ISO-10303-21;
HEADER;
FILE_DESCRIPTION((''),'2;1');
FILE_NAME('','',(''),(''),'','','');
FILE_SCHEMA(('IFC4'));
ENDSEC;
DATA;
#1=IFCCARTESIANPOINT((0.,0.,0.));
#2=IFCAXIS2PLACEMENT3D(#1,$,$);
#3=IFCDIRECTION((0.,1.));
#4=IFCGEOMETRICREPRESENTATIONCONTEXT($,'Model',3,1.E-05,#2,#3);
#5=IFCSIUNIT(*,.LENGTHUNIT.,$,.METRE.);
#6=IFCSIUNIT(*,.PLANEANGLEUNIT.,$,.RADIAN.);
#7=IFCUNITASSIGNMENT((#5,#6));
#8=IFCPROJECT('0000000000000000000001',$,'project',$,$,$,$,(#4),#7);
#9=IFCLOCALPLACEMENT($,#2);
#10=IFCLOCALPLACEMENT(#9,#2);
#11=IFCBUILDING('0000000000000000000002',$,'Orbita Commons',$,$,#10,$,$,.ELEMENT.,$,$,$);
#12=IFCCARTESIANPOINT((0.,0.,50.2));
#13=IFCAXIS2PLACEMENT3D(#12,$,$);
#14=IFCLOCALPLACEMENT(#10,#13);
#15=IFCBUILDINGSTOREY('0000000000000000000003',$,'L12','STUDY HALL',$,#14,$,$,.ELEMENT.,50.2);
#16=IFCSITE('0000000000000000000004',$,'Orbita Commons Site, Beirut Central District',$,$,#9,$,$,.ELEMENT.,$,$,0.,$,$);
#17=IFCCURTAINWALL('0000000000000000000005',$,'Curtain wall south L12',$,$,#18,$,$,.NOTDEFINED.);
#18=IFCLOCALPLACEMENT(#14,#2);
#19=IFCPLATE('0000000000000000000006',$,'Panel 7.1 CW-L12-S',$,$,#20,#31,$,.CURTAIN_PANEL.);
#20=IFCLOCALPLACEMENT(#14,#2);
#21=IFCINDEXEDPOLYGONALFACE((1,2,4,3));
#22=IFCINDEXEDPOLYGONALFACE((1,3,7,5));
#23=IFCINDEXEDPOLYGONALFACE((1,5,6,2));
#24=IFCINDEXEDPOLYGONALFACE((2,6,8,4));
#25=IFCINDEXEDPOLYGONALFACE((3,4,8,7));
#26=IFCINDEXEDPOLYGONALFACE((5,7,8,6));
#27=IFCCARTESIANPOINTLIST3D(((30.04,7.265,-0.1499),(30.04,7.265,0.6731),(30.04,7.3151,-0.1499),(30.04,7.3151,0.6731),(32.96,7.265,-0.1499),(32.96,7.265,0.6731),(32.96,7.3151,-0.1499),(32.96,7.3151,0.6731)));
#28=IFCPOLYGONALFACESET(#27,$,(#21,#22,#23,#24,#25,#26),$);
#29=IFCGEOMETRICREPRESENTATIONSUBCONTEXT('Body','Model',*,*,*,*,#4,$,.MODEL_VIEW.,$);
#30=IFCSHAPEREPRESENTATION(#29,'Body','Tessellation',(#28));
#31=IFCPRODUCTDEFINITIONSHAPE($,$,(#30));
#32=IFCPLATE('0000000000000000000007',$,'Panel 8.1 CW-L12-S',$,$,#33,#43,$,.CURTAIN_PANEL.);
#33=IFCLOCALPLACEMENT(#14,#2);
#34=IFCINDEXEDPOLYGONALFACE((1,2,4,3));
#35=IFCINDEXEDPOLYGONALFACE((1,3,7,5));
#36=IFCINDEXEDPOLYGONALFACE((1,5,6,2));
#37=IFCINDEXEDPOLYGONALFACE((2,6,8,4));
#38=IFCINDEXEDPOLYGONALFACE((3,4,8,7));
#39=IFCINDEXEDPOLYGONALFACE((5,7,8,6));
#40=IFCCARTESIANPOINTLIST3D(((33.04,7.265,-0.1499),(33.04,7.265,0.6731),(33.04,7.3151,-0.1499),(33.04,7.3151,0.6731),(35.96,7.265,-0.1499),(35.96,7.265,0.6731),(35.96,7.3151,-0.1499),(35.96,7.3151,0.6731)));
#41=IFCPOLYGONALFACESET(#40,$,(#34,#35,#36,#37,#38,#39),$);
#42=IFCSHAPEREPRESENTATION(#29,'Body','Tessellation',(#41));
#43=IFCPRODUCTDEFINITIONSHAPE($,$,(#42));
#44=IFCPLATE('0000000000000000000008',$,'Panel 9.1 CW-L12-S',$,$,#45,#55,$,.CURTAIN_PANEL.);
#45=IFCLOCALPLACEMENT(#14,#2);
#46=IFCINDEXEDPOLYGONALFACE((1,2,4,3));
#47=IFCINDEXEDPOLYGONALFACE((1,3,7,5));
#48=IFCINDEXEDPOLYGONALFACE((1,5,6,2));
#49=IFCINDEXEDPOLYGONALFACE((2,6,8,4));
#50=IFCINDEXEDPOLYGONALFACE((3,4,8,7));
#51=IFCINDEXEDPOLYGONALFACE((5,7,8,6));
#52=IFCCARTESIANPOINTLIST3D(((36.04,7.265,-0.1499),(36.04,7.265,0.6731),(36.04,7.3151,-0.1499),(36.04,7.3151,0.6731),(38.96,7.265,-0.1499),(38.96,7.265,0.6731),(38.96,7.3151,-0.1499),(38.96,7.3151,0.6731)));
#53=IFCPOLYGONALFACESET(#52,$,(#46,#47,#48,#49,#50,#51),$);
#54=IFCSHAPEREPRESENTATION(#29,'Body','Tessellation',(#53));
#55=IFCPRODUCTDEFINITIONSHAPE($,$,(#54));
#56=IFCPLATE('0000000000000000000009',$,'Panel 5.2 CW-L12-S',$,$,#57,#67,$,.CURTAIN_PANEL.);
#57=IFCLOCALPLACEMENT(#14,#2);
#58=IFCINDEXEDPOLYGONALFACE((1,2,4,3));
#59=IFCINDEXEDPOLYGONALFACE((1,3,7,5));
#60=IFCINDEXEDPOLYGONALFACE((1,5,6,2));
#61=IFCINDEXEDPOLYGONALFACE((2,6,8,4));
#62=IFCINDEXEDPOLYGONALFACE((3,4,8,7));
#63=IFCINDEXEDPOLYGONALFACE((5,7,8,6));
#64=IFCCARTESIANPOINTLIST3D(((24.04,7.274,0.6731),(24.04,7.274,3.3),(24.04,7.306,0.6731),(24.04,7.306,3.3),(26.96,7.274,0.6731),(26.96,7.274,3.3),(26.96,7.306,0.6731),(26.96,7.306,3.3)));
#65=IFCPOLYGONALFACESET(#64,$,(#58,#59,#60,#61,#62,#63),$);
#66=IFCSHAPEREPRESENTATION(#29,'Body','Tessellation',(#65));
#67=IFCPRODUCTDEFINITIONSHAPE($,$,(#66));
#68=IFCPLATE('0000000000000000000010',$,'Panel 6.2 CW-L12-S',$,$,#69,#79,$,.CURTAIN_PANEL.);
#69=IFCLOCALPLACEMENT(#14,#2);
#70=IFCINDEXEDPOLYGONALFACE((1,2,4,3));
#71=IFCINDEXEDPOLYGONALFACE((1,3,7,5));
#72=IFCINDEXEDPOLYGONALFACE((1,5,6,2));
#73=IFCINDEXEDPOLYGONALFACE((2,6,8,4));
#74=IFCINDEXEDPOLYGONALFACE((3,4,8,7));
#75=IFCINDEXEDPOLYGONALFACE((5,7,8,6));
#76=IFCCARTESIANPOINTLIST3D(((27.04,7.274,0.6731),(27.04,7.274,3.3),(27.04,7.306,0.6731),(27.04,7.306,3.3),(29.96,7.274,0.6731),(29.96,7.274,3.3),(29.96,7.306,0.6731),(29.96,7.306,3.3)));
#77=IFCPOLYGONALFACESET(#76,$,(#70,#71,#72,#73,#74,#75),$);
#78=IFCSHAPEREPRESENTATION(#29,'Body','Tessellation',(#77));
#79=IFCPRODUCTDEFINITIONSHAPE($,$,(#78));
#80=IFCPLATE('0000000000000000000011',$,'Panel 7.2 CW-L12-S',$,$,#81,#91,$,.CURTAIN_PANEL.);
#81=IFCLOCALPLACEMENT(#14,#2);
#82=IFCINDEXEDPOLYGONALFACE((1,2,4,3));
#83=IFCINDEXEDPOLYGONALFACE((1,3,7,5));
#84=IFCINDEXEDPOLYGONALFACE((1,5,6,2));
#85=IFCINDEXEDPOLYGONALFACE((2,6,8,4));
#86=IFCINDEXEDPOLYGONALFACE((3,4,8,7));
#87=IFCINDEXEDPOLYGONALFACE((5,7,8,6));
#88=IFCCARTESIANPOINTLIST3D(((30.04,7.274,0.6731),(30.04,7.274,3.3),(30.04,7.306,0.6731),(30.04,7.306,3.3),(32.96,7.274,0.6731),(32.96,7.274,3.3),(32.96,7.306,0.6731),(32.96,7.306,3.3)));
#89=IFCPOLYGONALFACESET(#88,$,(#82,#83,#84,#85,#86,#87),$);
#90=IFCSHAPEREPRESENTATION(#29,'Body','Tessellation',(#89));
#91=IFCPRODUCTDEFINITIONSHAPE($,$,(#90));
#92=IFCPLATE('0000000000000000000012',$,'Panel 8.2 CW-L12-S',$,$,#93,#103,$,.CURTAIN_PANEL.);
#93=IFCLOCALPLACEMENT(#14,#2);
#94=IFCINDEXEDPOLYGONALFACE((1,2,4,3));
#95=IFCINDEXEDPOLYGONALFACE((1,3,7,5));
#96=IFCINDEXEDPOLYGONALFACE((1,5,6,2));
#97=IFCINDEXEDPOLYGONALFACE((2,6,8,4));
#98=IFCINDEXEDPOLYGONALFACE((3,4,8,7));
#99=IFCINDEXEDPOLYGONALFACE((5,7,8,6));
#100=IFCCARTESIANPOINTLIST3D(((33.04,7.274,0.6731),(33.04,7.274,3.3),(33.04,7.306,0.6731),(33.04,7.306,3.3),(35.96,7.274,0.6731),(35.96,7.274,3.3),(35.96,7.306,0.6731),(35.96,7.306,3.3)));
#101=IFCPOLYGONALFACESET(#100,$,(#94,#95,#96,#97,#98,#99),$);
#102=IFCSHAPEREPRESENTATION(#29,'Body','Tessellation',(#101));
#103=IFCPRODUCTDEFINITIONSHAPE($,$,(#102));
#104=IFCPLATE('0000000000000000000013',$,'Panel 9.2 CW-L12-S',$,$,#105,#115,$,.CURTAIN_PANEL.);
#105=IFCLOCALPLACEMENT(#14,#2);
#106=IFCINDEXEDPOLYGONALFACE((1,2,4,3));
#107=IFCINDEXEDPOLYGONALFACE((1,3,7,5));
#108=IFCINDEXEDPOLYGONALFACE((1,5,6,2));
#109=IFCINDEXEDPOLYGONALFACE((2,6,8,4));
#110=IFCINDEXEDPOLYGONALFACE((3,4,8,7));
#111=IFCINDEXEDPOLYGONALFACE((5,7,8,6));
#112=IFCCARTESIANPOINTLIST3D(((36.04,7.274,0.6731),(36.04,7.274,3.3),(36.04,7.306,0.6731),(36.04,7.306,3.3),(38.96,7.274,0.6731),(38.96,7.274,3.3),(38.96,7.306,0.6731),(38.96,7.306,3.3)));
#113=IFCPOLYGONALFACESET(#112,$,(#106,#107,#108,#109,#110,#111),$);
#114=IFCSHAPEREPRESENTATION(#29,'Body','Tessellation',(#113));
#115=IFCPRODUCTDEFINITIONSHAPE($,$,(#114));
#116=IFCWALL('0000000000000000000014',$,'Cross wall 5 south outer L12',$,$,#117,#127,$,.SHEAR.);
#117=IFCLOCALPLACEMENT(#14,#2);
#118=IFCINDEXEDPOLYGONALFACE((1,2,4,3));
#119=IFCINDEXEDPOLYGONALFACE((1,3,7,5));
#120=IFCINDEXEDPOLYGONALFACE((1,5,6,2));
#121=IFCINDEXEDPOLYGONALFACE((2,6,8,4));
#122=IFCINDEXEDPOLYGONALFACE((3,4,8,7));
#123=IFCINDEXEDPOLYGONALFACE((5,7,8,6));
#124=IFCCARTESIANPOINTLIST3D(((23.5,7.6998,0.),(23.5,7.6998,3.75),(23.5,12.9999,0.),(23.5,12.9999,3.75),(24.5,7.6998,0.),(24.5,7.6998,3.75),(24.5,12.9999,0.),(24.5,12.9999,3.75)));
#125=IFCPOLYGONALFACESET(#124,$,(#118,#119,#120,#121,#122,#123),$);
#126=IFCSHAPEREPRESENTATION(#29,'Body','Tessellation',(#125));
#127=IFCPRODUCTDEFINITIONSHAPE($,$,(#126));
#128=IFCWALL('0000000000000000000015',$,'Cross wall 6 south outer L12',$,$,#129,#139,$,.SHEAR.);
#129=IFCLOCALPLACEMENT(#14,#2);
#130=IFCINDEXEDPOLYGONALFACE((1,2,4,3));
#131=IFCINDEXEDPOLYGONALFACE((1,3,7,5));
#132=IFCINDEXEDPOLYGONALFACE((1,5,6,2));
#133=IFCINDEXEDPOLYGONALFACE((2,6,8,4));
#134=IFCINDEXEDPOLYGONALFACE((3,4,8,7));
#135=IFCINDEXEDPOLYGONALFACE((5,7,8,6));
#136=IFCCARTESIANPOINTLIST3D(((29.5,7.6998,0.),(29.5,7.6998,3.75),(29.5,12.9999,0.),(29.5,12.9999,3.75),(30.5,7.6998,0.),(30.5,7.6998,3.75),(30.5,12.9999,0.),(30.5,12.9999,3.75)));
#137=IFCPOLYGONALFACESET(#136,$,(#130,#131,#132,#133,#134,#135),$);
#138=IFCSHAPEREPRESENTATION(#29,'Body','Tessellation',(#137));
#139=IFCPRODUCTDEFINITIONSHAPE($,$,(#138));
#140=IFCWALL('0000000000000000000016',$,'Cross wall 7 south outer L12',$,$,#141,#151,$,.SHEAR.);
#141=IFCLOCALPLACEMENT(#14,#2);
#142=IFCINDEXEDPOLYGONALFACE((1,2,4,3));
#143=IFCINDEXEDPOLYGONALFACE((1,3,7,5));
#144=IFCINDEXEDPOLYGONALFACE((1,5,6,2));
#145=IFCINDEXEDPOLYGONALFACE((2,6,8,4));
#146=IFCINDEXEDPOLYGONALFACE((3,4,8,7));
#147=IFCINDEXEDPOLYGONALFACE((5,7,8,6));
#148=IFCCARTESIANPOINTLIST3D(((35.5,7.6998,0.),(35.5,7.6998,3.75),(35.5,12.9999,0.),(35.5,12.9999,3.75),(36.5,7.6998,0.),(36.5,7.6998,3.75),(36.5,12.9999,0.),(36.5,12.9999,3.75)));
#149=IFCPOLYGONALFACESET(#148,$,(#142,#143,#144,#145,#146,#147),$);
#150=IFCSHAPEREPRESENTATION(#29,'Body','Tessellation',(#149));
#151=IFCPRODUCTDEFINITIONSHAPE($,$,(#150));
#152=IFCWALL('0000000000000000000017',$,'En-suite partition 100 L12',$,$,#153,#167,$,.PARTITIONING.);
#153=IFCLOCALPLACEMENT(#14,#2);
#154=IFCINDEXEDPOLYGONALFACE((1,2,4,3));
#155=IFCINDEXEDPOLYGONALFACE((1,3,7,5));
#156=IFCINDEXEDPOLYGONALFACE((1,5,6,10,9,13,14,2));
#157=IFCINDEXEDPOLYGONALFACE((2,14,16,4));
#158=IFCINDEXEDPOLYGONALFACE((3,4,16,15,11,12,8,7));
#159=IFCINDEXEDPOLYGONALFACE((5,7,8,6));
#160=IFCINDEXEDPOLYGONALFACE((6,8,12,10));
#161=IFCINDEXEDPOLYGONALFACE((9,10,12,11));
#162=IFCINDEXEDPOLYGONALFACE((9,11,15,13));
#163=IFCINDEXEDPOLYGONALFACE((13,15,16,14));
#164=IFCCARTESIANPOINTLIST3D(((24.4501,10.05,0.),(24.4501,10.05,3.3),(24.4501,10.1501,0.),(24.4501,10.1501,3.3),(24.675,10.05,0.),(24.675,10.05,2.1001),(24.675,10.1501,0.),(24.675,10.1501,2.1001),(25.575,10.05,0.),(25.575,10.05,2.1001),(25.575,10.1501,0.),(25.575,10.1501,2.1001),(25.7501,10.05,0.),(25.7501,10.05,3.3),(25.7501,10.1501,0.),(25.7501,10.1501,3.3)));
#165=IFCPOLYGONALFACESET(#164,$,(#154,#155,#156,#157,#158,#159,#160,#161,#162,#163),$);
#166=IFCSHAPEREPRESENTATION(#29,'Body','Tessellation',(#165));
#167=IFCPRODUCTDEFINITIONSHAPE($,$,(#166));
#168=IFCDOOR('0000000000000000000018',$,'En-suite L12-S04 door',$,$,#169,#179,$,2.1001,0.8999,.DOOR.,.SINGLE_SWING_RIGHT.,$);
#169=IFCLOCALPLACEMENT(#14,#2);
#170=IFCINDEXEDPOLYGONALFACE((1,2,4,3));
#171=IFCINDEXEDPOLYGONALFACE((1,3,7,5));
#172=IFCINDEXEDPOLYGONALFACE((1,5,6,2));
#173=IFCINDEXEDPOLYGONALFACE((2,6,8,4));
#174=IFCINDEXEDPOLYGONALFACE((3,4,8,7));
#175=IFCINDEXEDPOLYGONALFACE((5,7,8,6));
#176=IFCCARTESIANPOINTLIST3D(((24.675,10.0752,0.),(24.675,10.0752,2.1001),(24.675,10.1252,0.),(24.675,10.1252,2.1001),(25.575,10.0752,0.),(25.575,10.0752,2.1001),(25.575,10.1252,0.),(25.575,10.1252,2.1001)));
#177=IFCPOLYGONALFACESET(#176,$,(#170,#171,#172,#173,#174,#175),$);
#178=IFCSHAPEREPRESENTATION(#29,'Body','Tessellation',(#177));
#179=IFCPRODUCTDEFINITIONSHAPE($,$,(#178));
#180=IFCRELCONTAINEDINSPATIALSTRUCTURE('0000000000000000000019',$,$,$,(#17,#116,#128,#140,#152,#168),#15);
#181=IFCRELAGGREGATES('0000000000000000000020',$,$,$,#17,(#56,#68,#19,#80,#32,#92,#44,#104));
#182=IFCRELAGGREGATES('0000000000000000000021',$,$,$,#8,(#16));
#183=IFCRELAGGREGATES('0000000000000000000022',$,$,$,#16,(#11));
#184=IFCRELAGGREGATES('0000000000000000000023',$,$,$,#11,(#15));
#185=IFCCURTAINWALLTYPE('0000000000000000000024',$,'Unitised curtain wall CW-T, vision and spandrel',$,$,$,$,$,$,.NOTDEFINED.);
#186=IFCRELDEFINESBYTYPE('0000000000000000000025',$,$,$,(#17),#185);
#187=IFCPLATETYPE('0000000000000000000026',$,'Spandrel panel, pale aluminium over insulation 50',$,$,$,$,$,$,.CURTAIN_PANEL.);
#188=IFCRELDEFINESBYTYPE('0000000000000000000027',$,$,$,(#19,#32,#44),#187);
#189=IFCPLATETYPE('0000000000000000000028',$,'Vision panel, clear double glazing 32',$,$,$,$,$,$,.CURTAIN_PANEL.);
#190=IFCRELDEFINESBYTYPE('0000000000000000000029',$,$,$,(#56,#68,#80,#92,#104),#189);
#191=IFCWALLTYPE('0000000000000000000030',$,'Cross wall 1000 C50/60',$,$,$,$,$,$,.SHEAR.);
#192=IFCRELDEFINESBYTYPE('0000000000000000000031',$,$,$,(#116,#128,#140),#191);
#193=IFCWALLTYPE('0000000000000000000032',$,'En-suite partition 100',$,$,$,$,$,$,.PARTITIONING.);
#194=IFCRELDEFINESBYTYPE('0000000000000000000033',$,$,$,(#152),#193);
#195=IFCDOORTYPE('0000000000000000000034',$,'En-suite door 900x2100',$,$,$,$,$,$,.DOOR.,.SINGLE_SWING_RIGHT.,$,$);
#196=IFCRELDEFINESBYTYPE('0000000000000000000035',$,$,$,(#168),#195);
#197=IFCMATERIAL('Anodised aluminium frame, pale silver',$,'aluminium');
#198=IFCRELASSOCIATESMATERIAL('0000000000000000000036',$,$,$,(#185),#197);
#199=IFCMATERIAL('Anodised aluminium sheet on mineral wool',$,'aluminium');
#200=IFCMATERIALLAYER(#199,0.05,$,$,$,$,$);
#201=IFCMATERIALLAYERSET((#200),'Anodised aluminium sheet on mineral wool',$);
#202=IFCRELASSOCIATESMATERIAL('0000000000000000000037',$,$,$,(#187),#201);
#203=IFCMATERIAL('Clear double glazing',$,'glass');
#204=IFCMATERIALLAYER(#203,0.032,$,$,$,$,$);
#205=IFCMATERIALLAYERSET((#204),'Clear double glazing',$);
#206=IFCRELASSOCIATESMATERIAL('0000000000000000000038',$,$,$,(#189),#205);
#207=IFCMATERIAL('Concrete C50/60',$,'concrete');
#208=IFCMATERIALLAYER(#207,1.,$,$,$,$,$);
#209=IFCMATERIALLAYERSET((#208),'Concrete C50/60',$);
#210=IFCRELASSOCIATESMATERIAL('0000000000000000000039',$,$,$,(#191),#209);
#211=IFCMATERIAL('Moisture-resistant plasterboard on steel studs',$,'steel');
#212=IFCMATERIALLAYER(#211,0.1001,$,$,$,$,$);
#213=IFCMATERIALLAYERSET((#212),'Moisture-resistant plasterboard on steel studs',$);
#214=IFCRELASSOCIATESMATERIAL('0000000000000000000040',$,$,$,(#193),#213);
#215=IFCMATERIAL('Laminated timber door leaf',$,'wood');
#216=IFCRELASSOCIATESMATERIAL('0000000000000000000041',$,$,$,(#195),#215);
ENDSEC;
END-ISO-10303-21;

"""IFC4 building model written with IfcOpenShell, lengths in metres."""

from ifc_helpers import new_model, si_unit, direction, frame, frame_2d, origin, origin_2d, place, context, subcontext, project, spatial, rectangle, extrude, material, layer, layer_set, type_object, element, fill, aggregate, save


model = new_model("IFC4")

# Units and contexts
model_context = context("Model", 3, precision=1e-05, world=origin(), true_north=direction((0.0, 1.0)))
body_context = subcontext(model_context, "Body", "Model", "MODEL_VIEW")
ifc_project = project(units=[si_unit("LENGTHUNIT", "METRE"), si_unit("PLANEANGLEUNIT", "RADIAN")], contexts=[model_context])

# Site, building, storey
site_placement = place(None, origin())
site = spatial("IfcSite", under=ifc_project, at=site_placement, Name="Orbita Commons Site, Beirut Central District", CompositionType="ELEMENT", RefElevation=0.0)
building_placement = place(site_placement, origin())
building = spatial("IfcBuilding", under=site, at=building_placement, Name="Orbita Commons", CompositionType="ELEMENT")
storey_placement = place(building_placement, frame((0.0, 0.0, 50.2)))
storey = spatial("IfcBuildingStorey", under=building, at=storey_placement, Name="L12", Description="STUDY HALL", CompositionType="ELEMENT", Elevation=50.2)

# Curtain wall, plates
ifc_material_1 = material(Name="Anodised aluminium frame, pale silver", Category="aluminium")
curtain_wall_type = type_object("IfcCurtainWallType", Name="Unitised curtain wall CW-T, vision and spandrel", PredefinedType="NOTDEFINED", material=ifc_material_1)
curtain_wall_placement = place(storey_placement, origin())
curtain_wall = element("IfcCurtainWall", 1, at=curtain_wall_placement, inside=storey, type_object=curtain_wall_type, Name="Curtain wall south L12", PredefinedType="NOTDEFINED")
ifc_material_2 = material(Name="Anodised aluminium sheet on mineral wool", Category="aluminium")
ifc_layer_1 = layer(ifc_material_2, 0.05)
ifc_layer_set_1 = layer_set([ifc_layer_1], Name="Anodised aluminium sheet on mineral wool")
plate_type_1 = type_object("IfcPlateType", Name="Spandrel panel, pale aluminium over insulation 50", PredefinedType="CURTAIN_PANEL", material=ifc_layer_set_1)
plate_1_placement = place(storey_placement, frame((31.5, 7.29, -0.1499), z_axis=(0.0, 0.0, 1.0), x_axis=(1.0, 0.0, 0.0)))
plate_1 = element("IfcPlate", 2, at=plate_1_placement, type_object=plate_type_1, Name="Panel 7.1 CW-L12-S", PredefinedType="CURTAIN_PANEL", context=body_context, shape_type="SweptSolid", body=[
    extrude(rectangle(XDim=2.9199, YDim=0.05, at=origin_2d()), origin(), (0.0, 0.0, 1.0), 0.823),
])
plate_2_placement = place(storey_placement, frame((34.5, 7.29, -0.1499), z_axis=(0.0, 0.0, 1.0), x_axis=(1.0, 0.0, 0.0)))
plate_2 = element("IfcPlate", 3, at=plate_2_placement, type_object=plate_type_1, Name="Panel 8.1 CW-L12-S", PredefinedType="CURTAIN_PANEL", context=body_context, shape_type="SweptSolid", body=[
    extrude(rectangle(XDim=2.9199, YDim=0.05, at=origin_2d()), origin(), (0.0, 0.0, 1.0), 0.823),
])
plate_3_placement = place(storey_placement, frame((37.5, 7.29, -0.1499), z_axis=(0.0, 0.0, 1.0), x_axis=(1.0, 0.0, 0.0)))
plate_3 = element("IfcPlate", 4, at=plate_3_placement, type_object=plate_type_1, Name="Panel 9.1 CW-L12-S", PredefinedType="CURTAIN_PANEL", context=body_context, shape_type="SweptSolid", body=[
    extrude(rectangle(XDim=2.9199, YDim=0.05, at=origin_2d()), origin(), (0.0, 0.0, 1.0), 0.823),
])
ifc_material_3 = material(Name="Clear double glazing", Category="glass")
ifc_layer_2 = layer(ifc_material_3, 0.032)
ifc_layer_set_2 = layer_set([ifc_layer_2], Name="Clear double glazing")
plate_type_2 = type_object("IfcPlateType", Name="Vision panel, clear double glazing 32", PredefinedType="CURTAIN_PANEL", material=ifc_layer_set_2)
plate_4_placement = place(storey_placement, frame((25.5, 7.29, 0.6731), z_axis=(0.0, 0.0, 1.0), x_axis=(1.0, 0.0, 0.0)))
plate_4 = element("IfcPlate", 5, at=plate_4_placement, type_object=plate_type_2, Name="Panel 5.2 CW-L12-S", PredefinedType="CURTAIN_PANEL", context=body_context, shape_type="SweptSolid", body=[
    extrude(rectangle(XDim=2.9199, YDim=0.032, at=origin_2d()), origin(), (0.0, 0.0, 1.0), 2.627),
])
plate_5_placement = place(storey_placement, frame((28.5, 7.29, 0.6731), z_axis=(0.0, 0.0, 1.0), x_axis=(1.0, 0.0, 0.0)))
plate_5 = element("IfcPlate", 6, at=plate_5_placement, type_object=plate_type_2, Name="Panel 6.2 CW-L12-S", PredefinedType="CURTAIN_PANEL", context=body_context, shape_type="SweptSolid", body=[
    extrude(rectangle(XDim=2.9199, YDim=0.032, at=origin_2d()), origin(), (0.0, 0.0, 1.0), 2.627),
])
plate_6_placement = place(storey_placement, frame((31.5, 7.29, 0.6731), z_axis=(0.0, 0.0, 1.0), x_axis=(1.0, 0.0, 0.0)))
plate_6 = element("IfcPlate", 7, at=plate_6_placement, type_object=plate_type_2, Name="Panel 7.2 CW-L12-S", PredefinedType="CURTAIN_PANEL", context=body_context, shape_type="SweptSolid", body=[
    extrude(rectangle(XDim=2.9199, YDim=0.032, at=origin_2d()), origin(), (0.0, 0.0, 1.0), 2.627),
])
plate_7_placement = place(storey_placement, frame((34.5, 7.29, 0.6731), z_axis=(0.0, 0.0, 1.0), x_axis=(1.0, 0.0, 0.0)))
plate_7 = element("IfcPlate", 8, at=plate_7_placement, type_object=plate_type_2, Name="Panel 8.2 CW-L12-S", PredefinedType="CURTAIN_PANEL", context=body_context, shape_type="SweptSolid", body=[
    extrude(rectangle(XDim=2.9199, YDim=0.032, at=origin_2d()), origin(), (0.0, 0.0, 1.0), 2.627),
])
plate_8_placement = place(storey_placement, frame((37.5, 7.29, 0.6731), z_axis=(0.0, 0.0, 1.0), x_axis=(1.0, 0.0, 0.0)))
plate_8 = element("IfcPlate", 9, at=plate_8_placement, type_object=plate_type_2, Name="Panel 9.2 CW-L12-S", PredefinedType="CURTAIN_PANEL", context=body_context, shape_type="SweptSolid", body=[
    extrude(rectangle(XDim=2.9199, YDim=0.032, at=origin_2d()), origin(), (0.0, 0.0, 1.0), 2.627),
])
aggregate(curtain_wall, [plate_4, plate_5, plate_1, plate_6, plate_2, plate_7, plate_3, plate_8])

# Walls
ifc_material_4 = material(Name="Concrete C50/60", Category="concrete")
ifc_layer_3 = layer(ifc_material_4, 1.0)
ifc_layer_set_3 = layer_set([ifc_layer_3], Name="Concrete C50/60")
wall_type_1 = type_object("IfcWallType", Name="Cross wall 1000 C50/60", PredefinedType="SHEAR", material=ifc_layer_set_3)
for number, where, z_axis, x_axis, name in (
    (10, (24.0, 7.7, 0.0), (0.0, 0.0, 1.0), (0.0, 1.0, 0.0), "Cross wall 5 south outer L12"),
    (11, (30.0, 7.7, 0.0), (0.0, 0.0, 1.0), (0.0, 1.0, 0.0), "Cross wall 6 south outer L12"),
    (12, (36.0, 7.7, 0.0), (0.0, 0.0, 1.0), (0.0, 1.0, 0.0), "Cross wall 7 south outer L12"),
):
    element("IfcWall", number, at=place(storey_placement, frame(where, z_axis=z_axis, x_axis=x_axis)), inside=storey, type_object=wall_type_1, Name=name, PredefinedType="SHEAR", context=body_context, shape_type="SweptSolid", body=[
        extrude(rectangle(XDim=5.3, YDim=1.0, at=frame_2d((2.6499, 0.0))), origin(), (0.0, 0.0, 1.0), 3.75),
    ])

# Wall, opening, door
ifc_material_5 = material(Name="Moisture-resistant plasterboard on steel studs", Category="steel")
ifc_layer_4 = layer(ifc_material_5, 0.1001)
ifc_layer_set_4 = layer_set([ifc_layer_4], Name="Moisture-resistant plasterboard on steel studs")
wall_type_2 = type_object("IfcWallType", Name="En-suite partition 100", PredefinedType="PARTITIONING", material=ifc_layer_set_4)
wall_1_placement = place(storey_placement, frame((25.75, 10.1001, 0.0), z_axis=(0.0, 0.0, 1.0), x_axis=(-1.0, 0.0, 0.0)))
wall_1 = element("IfcWall", 13, at=wall_1_placement, inside=storey, type_object=wall_type_2, Name="En-suite partition 100 L12", PredefinedType="PARTITIONING", context=body_context, shape_type="SweptSolid", body=[
    extrude(rectangle(XDim=1.3, YDim=0.1001, at=frame_2d((0.6499, 0.0))), origin(), (0.0, 0.0, 1.0), 3.3),
])
opening_1_placement = place(wall_1_placement, frame((0.175, 0.0, 0.0)))
opening_1 = element("IfcOpeningElement", 14, at=opening_1_placement, cuts=wall_1, PredefinedType="OPENING", context=body_context, shape_type="SweptSolid", body=[
    extrude(rectangle(XDim=0.8999, YDim=2.1001, at=frame_2d((0.45, 1.05))), frame((0.0, 0.0601, 0.0), z_axis=(0.0, -1.0, 0.0), x_axis=(1.0, 0.0, 0.0)), (0.0, 0.0, 1.0), 0.1201),
])
ifc_material_6 = material(Name="Laminated timber door leaf", Category="wood")
door_type = type_object("IfcDoorType", Name="En-suite door 900x2100", OperationType="SINGLE_SWING_RIGHT", PredefinedType="DOOR", material=ifc_material_6)
door_1_placement = place(opening_1_placement, origin())
door_1 = element("IfcDoor", 15, at=door_1_placement, inside=storey, type_object=door_type, Name="En-suite L12-S04 door", OperationType="SINGLE_SWING_RIGHT", OverallHeight=2.1001, OverallWidth=0.8999, PredefinedType="DOOR", context=body_context, shape_type="SweptSolid", body=[
    extrude(rectangle(XDim=0.8999, YDim=2.1001, at=frame_2d((0.45, 1.05))), frame((0.0, 0.0249, 0.0), z_axis=(0.0, -1.0, 0.0), x_axis=(1.0, 0.0, 0.0)), (0.0, 0.0, 1.0), 0.05),
])
fill(opening_1, door_1)

save(model, "model.ifc")
